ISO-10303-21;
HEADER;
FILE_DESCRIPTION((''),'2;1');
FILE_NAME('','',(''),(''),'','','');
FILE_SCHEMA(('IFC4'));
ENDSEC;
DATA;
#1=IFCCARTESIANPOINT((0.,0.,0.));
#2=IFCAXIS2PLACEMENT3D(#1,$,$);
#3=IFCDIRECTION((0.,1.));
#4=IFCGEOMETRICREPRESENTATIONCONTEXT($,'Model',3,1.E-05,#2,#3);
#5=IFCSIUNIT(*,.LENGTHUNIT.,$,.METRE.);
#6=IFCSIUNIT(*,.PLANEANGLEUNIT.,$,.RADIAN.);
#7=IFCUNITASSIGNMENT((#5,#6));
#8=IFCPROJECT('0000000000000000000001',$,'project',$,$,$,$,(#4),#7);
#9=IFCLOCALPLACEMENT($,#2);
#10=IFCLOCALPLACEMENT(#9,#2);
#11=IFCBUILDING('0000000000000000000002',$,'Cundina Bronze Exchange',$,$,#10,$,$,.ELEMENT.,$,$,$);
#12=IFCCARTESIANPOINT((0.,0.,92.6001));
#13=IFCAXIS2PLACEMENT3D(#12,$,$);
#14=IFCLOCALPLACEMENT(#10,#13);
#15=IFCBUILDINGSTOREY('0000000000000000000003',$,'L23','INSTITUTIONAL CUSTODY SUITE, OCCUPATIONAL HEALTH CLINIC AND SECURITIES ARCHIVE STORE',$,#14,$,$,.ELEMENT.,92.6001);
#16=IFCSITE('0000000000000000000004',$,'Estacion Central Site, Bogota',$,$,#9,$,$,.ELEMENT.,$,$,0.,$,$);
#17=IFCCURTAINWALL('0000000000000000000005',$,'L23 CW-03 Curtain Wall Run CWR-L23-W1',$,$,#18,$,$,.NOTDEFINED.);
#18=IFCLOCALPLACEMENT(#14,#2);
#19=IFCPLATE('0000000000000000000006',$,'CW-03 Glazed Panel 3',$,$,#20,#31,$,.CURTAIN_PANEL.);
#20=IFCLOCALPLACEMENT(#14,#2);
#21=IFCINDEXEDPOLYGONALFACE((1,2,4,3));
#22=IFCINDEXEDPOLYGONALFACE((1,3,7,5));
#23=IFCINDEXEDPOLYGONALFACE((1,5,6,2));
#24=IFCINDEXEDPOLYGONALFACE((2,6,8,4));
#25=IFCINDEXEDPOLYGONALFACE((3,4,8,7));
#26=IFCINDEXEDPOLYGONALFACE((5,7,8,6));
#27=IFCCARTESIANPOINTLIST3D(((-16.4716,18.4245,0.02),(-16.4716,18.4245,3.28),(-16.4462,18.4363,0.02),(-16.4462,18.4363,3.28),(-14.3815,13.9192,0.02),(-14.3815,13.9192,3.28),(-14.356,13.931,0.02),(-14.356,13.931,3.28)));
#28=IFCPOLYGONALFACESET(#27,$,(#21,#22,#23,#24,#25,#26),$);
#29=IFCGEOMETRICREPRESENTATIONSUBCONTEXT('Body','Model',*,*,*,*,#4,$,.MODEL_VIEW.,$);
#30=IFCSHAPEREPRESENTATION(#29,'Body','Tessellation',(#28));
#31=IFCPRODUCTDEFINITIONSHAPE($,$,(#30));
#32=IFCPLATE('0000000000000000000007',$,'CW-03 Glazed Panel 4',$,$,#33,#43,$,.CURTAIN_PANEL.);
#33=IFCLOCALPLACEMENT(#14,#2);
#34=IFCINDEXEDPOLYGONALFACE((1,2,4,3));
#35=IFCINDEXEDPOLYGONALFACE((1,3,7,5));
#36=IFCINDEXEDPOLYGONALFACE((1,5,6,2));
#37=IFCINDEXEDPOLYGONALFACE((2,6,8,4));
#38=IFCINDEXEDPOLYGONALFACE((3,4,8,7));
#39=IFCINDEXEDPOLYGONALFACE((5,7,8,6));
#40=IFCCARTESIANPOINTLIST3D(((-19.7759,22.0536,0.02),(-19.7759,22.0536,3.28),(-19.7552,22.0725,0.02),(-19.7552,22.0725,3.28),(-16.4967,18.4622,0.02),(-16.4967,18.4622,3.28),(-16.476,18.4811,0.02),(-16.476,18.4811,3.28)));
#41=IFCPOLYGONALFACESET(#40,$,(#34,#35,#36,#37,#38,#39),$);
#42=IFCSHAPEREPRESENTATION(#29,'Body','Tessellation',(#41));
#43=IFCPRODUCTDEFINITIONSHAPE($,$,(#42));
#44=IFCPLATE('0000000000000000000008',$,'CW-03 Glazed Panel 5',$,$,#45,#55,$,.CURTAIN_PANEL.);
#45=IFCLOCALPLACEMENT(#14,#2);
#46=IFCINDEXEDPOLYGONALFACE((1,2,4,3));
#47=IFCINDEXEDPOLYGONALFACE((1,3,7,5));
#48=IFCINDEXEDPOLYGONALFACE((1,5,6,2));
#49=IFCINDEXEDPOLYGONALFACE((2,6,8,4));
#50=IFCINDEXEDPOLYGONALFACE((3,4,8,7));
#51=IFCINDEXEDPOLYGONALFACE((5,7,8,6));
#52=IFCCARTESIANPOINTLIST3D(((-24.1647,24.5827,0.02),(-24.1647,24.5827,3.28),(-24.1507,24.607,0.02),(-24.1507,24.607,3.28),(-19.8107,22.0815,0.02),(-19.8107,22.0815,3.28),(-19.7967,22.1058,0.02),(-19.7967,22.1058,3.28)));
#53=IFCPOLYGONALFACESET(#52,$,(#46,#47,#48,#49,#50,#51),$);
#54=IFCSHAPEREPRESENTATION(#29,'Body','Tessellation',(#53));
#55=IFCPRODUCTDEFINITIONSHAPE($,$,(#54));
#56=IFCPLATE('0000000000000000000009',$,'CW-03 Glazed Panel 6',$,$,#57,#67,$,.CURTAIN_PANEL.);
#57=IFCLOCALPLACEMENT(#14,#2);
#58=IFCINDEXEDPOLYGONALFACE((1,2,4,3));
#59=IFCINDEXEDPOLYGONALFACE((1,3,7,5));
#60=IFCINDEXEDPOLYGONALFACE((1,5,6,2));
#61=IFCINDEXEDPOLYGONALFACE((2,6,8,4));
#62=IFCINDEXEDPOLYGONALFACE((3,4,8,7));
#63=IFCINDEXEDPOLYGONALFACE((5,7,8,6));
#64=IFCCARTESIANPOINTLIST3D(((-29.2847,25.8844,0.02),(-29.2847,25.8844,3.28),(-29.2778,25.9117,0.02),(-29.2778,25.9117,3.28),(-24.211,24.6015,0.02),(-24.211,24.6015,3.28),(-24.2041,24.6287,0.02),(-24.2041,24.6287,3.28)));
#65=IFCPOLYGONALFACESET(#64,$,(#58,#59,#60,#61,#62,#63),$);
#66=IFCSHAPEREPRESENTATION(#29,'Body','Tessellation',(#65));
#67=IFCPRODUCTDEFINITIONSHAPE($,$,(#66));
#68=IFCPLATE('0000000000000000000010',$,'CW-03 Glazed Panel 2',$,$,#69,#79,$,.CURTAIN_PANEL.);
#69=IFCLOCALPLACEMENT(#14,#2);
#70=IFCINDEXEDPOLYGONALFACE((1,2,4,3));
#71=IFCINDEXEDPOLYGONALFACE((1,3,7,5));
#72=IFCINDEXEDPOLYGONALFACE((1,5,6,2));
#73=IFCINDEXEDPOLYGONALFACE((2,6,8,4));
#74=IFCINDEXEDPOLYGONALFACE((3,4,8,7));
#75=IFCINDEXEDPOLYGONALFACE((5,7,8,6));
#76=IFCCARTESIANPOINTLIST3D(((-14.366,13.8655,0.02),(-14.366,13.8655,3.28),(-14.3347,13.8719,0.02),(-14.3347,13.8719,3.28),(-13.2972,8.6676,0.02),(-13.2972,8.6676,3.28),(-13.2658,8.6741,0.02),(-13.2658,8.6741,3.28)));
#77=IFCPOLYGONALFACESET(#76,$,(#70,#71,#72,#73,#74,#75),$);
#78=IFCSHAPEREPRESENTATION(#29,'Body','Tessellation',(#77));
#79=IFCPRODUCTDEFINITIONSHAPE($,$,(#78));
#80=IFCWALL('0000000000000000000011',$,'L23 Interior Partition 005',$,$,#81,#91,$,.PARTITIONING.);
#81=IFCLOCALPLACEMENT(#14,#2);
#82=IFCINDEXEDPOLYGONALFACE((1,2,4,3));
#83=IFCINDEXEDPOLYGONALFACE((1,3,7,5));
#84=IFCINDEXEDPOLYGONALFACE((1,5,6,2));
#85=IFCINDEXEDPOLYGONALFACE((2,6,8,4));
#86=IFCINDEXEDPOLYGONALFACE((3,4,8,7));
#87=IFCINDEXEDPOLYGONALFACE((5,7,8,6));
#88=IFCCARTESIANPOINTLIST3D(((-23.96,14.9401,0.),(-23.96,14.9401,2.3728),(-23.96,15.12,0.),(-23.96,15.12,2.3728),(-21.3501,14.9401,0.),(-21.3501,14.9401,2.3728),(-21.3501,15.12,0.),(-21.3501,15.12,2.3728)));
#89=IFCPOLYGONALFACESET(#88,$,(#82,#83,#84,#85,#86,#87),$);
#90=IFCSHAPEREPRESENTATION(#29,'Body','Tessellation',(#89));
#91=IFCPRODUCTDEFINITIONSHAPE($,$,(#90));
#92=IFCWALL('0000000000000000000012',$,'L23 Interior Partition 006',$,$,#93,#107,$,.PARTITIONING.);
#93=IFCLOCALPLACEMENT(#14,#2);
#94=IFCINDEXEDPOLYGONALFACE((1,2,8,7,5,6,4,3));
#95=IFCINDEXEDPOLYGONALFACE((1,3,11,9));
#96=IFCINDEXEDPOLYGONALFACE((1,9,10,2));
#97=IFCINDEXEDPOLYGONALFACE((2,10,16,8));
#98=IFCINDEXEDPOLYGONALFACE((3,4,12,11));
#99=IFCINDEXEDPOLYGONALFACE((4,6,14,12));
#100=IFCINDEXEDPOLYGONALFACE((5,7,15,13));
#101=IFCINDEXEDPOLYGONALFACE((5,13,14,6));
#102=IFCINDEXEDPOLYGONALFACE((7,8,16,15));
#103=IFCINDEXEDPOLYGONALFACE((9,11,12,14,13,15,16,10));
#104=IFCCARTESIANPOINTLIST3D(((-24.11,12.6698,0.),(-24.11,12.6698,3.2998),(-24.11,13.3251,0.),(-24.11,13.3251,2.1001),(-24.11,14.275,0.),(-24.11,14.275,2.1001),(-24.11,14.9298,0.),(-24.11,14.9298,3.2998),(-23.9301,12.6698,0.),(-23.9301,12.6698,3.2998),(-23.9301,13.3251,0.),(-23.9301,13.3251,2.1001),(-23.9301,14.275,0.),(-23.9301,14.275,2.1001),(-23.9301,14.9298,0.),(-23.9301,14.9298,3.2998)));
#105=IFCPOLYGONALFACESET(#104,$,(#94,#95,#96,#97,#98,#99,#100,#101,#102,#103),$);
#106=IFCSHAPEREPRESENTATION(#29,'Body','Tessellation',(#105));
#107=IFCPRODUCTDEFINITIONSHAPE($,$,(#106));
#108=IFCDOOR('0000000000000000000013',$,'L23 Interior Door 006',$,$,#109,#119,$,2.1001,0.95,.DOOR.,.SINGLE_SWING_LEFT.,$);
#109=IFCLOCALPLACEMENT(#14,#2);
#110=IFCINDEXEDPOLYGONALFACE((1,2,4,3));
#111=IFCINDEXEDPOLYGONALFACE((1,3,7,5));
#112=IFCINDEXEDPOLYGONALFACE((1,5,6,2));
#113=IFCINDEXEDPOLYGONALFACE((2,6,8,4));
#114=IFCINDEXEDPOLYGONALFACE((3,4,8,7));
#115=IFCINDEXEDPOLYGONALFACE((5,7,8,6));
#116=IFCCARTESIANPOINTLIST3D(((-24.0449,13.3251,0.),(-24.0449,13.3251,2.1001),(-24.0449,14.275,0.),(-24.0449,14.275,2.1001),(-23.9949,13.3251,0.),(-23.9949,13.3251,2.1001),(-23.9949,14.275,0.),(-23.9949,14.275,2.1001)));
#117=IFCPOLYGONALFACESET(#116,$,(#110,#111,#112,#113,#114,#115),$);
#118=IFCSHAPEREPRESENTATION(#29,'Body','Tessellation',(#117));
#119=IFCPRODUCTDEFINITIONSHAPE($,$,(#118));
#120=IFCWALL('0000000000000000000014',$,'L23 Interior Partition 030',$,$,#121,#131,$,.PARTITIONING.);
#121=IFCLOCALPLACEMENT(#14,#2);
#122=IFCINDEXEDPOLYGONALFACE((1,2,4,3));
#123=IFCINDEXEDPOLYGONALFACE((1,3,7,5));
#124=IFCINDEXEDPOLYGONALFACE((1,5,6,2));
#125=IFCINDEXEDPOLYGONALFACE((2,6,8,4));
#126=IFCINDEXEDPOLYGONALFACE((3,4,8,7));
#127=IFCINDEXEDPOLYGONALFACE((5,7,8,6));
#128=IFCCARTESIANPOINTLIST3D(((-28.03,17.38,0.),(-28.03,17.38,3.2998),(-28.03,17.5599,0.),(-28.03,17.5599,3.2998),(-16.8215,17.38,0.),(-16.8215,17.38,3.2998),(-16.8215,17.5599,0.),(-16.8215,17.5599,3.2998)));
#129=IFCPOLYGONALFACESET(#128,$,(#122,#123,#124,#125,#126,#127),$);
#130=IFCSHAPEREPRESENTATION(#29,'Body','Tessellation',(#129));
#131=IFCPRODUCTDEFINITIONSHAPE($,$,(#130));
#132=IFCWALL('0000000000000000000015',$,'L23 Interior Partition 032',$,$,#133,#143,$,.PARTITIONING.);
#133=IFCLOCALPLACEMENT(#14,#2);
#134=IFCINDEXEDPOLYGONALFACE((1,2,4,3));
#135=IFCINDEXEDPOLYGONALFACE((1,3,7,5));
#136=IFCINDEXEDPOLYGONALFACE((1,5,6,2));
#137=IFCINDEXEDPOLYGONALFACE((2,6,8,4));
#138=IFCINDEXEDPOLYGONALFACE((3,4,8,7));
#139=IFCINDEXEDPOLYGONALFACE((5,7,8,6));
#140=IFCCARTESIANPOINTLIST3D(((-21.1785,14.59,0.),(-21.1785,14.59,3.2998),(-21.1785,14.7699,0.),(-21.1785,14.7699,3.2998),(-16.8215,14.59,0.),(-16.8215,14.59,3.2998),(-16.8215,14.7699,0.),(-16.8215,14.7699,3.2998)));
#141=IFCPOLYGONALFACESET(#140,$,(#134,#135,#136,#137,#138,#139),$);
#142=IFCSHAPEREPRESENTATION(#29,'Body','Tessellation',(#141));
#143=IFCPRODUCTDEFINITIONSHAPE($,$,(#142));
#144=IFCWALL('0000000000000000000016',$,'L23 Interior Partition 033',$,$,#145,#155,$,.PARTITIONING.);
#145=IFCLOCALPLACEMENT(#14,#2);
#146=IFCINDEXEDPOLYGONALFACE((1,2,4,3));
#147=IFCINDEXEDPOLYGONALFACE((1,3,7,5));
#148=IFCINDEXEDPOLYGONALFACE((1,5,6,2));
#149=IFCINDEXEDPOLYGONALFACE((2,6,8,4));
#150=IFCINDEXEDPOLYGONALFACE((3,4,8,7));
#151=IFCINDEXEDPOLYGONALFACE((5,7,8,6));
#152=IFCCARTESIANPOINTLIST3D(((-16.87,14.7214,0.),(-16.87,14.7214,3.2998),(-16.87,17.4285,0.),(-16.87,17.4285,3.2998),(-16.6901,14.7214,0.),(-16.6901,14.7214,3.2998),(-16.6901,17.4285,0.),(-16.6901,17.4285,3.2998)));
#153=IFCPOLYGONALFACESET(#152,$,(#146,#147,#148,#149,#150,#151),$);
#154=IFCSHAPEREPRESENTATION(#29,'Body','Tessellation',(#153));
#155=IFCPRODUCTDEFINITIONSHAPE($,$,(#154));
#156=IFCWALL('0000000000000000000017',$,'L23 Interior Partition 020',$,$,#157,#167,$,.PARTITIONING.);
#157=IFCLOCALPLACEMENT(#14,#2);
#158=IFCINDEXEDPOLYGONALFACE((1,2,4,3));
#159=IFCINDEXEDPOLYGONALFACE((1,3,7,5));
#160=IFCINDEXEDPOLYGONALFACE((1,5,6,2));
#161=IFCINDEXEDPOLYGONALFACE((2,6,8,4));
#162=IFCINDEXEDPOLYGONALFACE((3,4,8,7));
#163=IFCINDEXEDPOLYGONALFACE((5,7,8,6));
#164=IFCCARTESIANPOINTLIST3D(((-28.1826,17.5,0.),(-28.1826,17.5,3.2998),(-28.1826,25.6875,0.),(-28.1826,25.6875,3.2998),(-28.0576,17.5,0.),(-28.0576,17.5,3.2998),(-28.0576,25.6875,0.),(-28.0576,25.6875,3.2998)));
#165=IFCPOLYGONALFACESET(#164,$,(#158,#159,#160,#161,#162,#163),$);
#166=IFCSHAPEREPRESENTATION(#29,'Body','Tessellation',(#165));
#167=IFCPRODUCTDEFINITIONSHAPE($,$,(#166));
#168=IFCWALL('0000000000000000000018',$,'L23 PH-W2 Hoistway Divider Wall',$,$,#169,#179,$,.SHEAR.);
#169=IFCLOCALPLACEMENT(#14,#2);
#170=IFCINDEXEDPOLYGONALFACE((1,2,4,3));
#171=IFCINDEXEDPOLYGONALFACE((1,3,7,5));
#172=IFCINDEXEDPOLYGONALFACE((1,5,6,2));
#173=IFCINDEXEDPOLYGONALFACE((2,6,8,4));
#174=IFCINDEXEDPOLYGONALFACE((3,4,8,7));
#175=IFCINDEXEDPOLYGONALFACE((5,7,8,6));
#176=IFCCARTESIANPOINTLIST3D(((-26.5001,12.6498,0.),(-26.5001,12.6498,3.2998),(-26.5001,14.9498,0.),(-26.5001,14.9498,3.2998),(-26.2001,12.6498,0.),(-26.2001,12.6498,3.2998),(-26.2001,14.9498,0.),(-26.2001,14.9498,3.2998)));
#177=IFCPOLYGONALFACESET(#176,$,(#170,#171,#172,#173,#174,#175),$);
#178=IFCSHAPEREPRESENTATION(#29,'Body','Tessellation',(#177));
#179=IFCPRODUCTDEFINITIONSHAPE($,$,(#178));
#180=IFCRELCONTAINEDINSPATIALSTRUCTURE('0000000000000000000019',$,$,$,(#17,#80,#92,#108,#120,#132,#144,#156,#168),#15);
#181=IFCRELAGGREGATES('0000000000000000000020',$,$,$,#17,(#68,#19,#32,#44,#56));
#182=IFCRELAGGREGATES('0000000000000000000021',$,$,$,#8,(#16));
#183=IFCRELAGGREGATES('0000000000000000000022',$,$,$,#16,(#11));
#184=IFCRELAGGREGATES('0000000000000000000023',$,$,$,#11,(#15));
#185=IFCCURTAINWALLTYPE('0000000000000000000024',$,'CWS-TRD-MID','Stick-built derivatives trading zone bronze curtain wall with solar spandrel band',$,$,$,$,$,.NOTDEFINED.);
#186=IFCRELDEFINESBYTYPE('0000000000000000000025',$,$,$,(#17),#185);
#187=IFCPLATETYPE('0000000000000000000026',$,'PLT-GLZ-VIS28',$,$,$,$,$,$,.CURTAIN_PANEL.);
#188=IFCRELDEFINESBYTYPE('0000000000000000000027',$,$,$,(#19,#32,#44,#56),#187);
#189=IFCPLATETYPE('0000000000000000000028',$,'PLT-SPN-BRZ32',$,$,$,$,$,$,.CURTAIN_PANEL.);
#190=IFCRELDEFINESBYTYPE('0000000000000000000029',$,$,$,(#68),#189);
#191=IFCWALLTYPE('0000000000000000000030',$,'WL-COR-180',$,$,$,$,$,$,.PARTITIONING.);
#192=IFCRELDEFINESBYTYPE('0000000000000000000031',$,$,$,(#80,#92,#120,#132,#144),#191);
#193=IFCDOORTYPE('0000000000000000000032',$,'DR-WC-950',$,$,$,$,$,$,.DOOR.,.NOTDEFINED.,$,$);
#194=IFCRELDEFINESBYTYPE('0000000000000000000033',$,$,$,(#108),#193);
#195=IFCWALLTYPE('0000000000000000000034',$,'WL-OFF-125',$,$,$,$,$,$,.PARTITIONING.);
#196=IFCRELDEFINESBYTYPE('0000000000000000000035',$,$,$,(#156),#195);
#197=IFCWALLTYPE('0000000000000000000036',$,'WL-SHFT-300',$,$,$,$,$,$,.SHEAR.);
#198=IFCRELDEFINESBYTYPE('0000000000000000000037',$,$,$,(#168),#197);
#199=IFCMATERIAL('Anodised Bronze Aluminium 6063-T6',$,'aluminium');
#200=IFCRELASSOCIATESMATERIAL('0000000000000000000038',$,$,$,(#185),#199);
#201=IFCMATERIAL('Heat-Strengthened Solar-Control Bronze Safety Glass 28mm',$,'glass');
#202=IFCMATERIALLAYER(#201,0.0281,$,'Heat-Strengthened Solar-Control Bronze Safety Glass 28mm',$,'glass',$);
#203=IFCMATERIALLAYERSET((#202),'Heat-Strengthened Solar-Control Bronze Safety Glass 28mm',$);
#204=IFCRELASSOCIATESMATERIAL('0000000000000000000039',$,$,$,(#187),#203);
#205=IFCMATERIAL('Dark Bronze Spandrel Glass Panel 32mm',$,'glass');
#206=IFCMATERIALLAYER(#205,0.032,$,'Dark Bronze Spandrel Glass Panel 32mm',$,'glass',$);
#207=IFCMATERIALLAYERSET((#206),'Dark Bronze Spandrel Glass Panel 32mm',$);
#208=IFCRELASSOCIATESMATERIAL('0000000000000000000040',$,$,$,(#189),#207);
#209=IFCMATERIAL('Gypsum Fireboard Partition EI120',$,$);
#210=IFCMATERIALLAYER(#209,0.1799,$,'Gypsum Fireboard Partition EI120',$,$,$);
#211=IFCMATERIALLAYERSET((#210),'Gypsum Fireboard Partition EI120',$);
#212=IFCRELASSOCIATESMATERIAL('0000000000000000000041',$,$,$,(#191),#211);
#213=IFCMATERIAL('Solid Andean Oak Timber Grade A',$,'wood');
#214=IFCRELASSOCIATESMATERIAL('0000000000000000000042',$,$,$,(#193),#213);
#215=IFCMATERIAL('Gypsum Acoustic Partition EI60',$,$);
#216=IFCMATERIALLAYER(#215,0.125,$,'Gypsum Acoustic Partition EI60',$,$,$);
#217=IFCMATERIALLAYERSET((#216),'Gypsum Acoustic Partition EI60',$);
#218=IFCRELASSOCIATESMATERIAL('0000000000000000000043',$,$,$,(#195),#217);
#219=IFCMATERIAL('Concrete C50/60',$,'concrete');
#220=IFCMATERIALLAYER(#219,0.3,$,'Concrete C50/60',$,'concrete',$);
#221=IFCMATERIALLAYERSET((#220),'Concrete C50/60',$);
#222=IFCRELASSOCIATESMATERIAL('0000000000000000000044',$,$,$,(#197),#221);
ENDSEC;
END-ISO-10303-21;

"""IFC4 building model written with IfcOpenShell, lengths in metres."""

from ifc_helpers import new_model, si_unit, direction, frame, frame_2d, origin, origin_2d, place, context, subcontext, project, spatial, rectangle, extrude, material, layer, layer_set, type_object, element, fill, aggregate, save


model = new_model("IFC4")

# Units and contexts
model_context = context("Model", 3, precision=1e-05, world=origin(), true_north=direction((0.0, 1.0)))
body_context = subcontext(model_context, "Body", "Model", "MODEL_VIEW")
ifc_project = project(units=[si_unit("LENGTHUNIT", "METRE"), si_unit("PLANEANGLEUNIT", "RADIAN")], contexts=[model_context])

# Site, building, storey
site_placement = place(None, origin())
site = spatial("IfcSite", under=ifc_project, at=site_placement, Name="Estacion Central Site, Bogota", CompositionType="ELEMENT", RefElevation=0.0)
building_placement = place(site_placement, origin())
building = spatial("IfcBuilding", under=site, at=building_placement, Name="Cundina Bronze Exchange", CompositionType="ELEMENT")
storey_placement = place(building_placement, frame((0.0, 0.0, 92.6001)))
storey = spatial("IfcBuildingStorey", under=building, at=storey_placement, Name="L23", Description="INSTITUTIONAL CUSTODY SUITE, OCCUPATIONAL HEALTH CLINIC AND SECURITIES ARCHIVE STORE", CompositionType="ELEMENT", Elevation=92.6001)

# Curtain wall, plates
ifc_material_1 = material(Name="Anodised Bronze Aluminium 6063-T6", Category="aluminium")
curtain_wall_type = type_object("IfcCurtainWallType", Name="CWS-TRD-MID", Description="Stick-built derivatives trading zone bronze curtain wall with solar spandrel band", PredefinedType="NOTDEFINED", material=ifc_material_1)
curtain_wall_placement = place(storey_placement, origin())
curtain_wall = element("IfcCurtainWall", 1, at=curtain_wall_placement, inside=storey, type_object=curtain_wall_type, Name="L23 CW-03 Curtain Wall Run CWR-L23-W1", PredefinedType="NOTDEFINED")
ifc_material_2 = material(Name="Heat-Strengthened Solar-Control Bronze Safety Glass 28mm", Category="glass")
ifc_layer_1 = layer(ifc_material_2, 0.0281, Name="Heat-Strengthened Solar-Control Bronze Safety Glass 28mm", Category="glass")
ifc_layer_set_1 = layer_set([ifc_layer_1], Name="Heat-Strengthened Solar-Control Bronze Safety Glass 28mm")
plate_type_1 = type_object("IfcPlateType", Name="PLT-GLZ-VIS28", PredefinedType="CURTAIN_PANEL", material=ifc_layer_set_1)
plate_1_placement = place(storey_placement, frame((-15.4138, 16.1777, 0.02), z_axis=(0.0, 0.0, 1.0), x_axis=(-0.420846, 0.907132, 0.0)))
plate_1 = element("IfcPlate", 2, at=plate_1_placement, type_object=plate_type_1, Name="CW-03 Glazed Panel 3", PredefinedType="CURTAIN_PANEL", context=body_context, shape_type="SweptSolid", body=[
    extrude(rectangle(XDim=4.9666, YDim=0.0281, at=origin_2d()), origin(), (0.0, 0.0, 1.0), 3.26),
])
plate_2_placement = place(storey_placement, frame((-18.126, 20.2673, 0.02), z_axis=(0.0, 0.0, 1.0), x_axis=(-0.674277, 0.738479, 0.0)))
plate_2 = element("IfcPlate", 3, at=plate_2_placement, type_object=plate_type_1, Name="CW-03 Glazed Panel 4", PredefinedType="CURTAIN_PANEL", context=body_context, shape_type="SweptSolid", body=[
    extrude(rectangle(XDim=4.8633, YDim=0.0281, at=origin_2d()), origin(), (0.0, 0.0, 1.0), 3.26),
])
plate_3_placement = place(storey_placement, frame((-21.9807, 23.3442, 0.02), z_axis=(0.0, 0.0, 1.0), x_axis=(-0.867105, 0.498125, 0.0)))
plate_3 = element("IfcPlate", 4, at=plate_3_placement, type_object=plate_type_1, Name="CW-03 Glazed Panel 5", PredefinedType="CURTAIN_PANEL", context=body_context, shape_type="SweptSolid", body=[
    extrude(rectangle(XDim=5.0212, YDim=0.0281, at=origin_2d()), origin(), (0.0, 0.0, 1.0), 3.26),
])
plate_4_placement = place(storey_placement, frame((-26.7444, 25.2566, 0.02), z_axis=(0.0, 0.0, 1.0), x_axis=(-0.969488, 0.245138, 0.0)))
plate_4 = element("IfcPlate", 5, at=plate_4_placement, type_object=plate_type_1, Name="CW-03 Glazed Panel 6", PredefinedType="CURTAIN_PANEL", context=body_context, shape_type="SweptSolid", body=[
    extrude(rectangle(XDim=5.2334, YDim=0.0281, at=origin_2d()), origin(), (0.0, 0.0, 1.0), 3.26),
])
ifc_material_3 = material(Name="Dark Bronze Spandrel Glass Panel 32mm", Category="glass")
ifc_layer_2 = layer(ifc_material_3, 0.032, Name="Dark Bronze Spandrel Glass Panel 32mm", Category="glass")
ifc_layer_set_2 = layer_set([ifc_layer_2], Name="Dark Bronze Spandrel Glass Panel 32mm")
plate_type_2 = type_object("IfcPlateType", Name="PLT-SPN-BRZ32", PredefinedType="CURTAIN_PANEL", material=ifc_layer_set_2)
plate_5_placement = place(storey_placement, frame((-13.8159, 11.2698, 0.02), z_axis=(0.0, 0.0, 1.0), x_axis=(-0.20142, 0.979505, 0.0)))
plate_5 = element("IfcPlate", 6, at=plate_5_placement, type_object=plate_type_2, Name="CW-03 Glazed Panel 2", PredefinedType="CURTAIN_PANEL", context=body_context, shape_type="SweptSolid", body=[
    extrude(rectangle(XDim=5.3066, YDim=0.032, at=origin_2d()), origin(), (0.0, 0.0, 1.0), 3.26),
])
aggregate(curtain_wall, [plate_5, plate_1, plate_2, plate_3, plate_4])

# Wall
ifc_material_4 = material(Name="Gypsum Fireboard Partition EI120")
ifc_layer_3 = layer(ifc_material_4, 0.1799, Name="Gypsum Fireboard Partition EI120")
ifc_layer_set_3 = layer_set([ifc_layer_3], Name="Gypsum Fireboard Partition EI120")
wall_type_1 = type_object("IfcWallType", Name="WL-COR-180", PredefinedType="PARTITIONING", material=ifc_layer_set_3)
wall_1_placement = place(storey_placement, frame((-23.96, 15.03, 0.0), z_axis=(0.0, 0.0, 1.0), x_axis=(1.0, 0.0, 0.0)))
element("IfcWall", 7, at=wall_1_placement, inside=storey, type_object=wall_type_1, Name="L23 Interior Partition 005", PredefinedType="PARTITIONING", context=body_context, shape_type="SweptSolid", body=[
    extrude(rectangle(XDim=2.6099, YDim=0.1799, at=frame_2d((1.3049, 0.0))), origin(), (0.0, 0.0, 1.0), 2.3728),
])

# Wall, opening, door
wall_2_placement = place(storey_placement, frame((-24.02, 12.6699, 0.0), z_axis=(0.0, 0.0, 1.0), x_axis=(0.0, 1.0, 0.0)))
wall_2 = element("IfcWall", 8, at=wall_2_placement, inside=storey, type_object=wall_type_1, Name="L23 Interior Partition 006", PredefinedType="PARTITIONING", context=body_context, shape_type="SweptSolid", body=[
    extrude(rectangle(XDim=2.26, YDim=0.1799, at=frame_2d((1.1299, 0.0))), origin(), (0.0, 0.0, 1.0), 3.2998),
])
opening_1_placement = place(wall_2_placement, frame((0.655, 0.0, 0.0)))
opening_1 = element("IfcOpeningElement", 9, at=opening_1_placement, cuts=wall_2, PredefinedType="OPENING", context=body_context, shape_type="SweptSolid", body=[
    extrude(rectangle(XDim=0.95, YDim=2.1001, at=frame_2d((0.4751, 1.05))), frame((0.0, 0.0999, 0.0), z_axis=(0.0, -1.0, 0.0), x_axis=(1.0, 0.0, 0.0)), (0.0, 0.0, 1.0), 0.2),
])
ifc_material_5 = material(Name="Solid Andean Oak Timber Grade A", Category="wood")
door_type_1 = type_object("IfcDoorType", Name="DR-WC-950", OperationType="NOTDEFINED", PredefinedType="DOOR", material=ifc_material_5)
door_1_placement = place(opening_1_placement, origin())
door_1 = element("IfcDoor", 10, at=door_1_placement, inside=storey, type_object=door_type_1, Name="L23 Interior Door 006", OperationType="SINGLE_SWING_LEFT", OverallHeight=2.1001, OverallWidth=0.95, PredefinedType="DOOR", context=body_context, shape_type="SweptSolid", body=[
    extrude(rectangle(XDim=0.95, YDim=2.1001, at=frame_2d((0.4751, 1.05))), frame((0.0, 0.0249, 0.0), z_axis=(0.0, -1.0, 0.0), x_axis=(1.0, 0.0, 0.0)), (0.0, 0.0, 1.0), 0.05),
])
fill(opening_1, door_1)

# Walls
wall_3_placement = place(storey_placement, frame((-16.8215, 17.47, 0.0), z_axis=(0.0, 0.0, 1.0), x_axis=(-1.0, 0.0, 0.0)))
element("IfcWall", 11, at=wall_3_placement, inside=storey, type_object=wall_type_1, Name="L23 Interior Partition 030", PredefinedType="PARTITIONING", context=body_context, shape_type="SweptSolid", body=[
    extrude(rectangle(XDim=11.2085, YDim=0.1799, at=frame_2d((5.6042, 0.0))), origin(), (0.0, 0.0, 1.0), 3.2998),
])
wall_4_placement = place(storey_placement, frame((-21.1785, 14.6799, 0.0), z_axis=(0.0, 0.0, 1.0), x_axis=(1.0, 0.0, 0.0)))
element("IfcWall", 12, at=wall_4_placement, inside=storey, type_object=wall_type_1, Name="L23 Interior Partition 032", PredefinedType="PARTITIONING", context=body_context, shape_type="SweptSolid", body=[
    extrude(rectangle(XDim=4.3569, YDim=0.1799, at=frame_2d((2.1785, 0.0))), origin(), (0.0, 0.0, 1.0), 3.2998),
])
wall_5_placement = place(storey_placement, frame((-16.78, 14.7214, 0.0), z_axis=(0.0, 0.0, 1.0), x_axis=(0.0, 1.0, 0.0)))
element("IfcWall", 13, at=wall_5_placement, inside=storey, type_object=wall_type_1, Name="L23 Interior Partition 033", PredefinedType="PARTITIONING", context=body_context, shape_type="SweptSolid", body=[
    extrude(rectangle(XDim=2.707, YDim=0.1799, at=frame_2d((1.3535, 0.0))), origin(), (0.0, 0.0, 1.0), 3.2998),
])
ifc_material_6 = material(Name="Gypsum Acoustic Partition EI60")
ifc_layer_4 = layer(ifc_material_6, 0.125, Name="Gypsum Acoustic Partition EI60")
ifc_layer_set_4 = layer_set([ifc_layer_4], Name="Gypsum Acoustic Partition EI60")
wall_type_2 = type_object("IfcWallType", Name="WL-OFF-125", PredefinedType="PARTITIONING", material=ifc_layer_set_4)
wall_6_placement = place(storey_placement, frame((-28.1201, 17.5, 0.0), z_axis=(0.0, 0.0, 1.0), x_axis=(0.0, 1.0, 0.0)))
element("IfcWall", 14, at=wall_6_placement, inside=storey, type_object=wall_type_2, Name="L23 Interior Partition 020", PredefinedType="PARTITIONING", context=body_context, shape_type="SweptSolid", body=[
    extrude(rectangle(XDim=8.1875, YDim=0.125, at=frame_2d((4.0938, 0.0))), origin(), (0.0, 0.0, 1.0), 3.2998),
])

# Shared definitions
ifc_material_7 = material(Name="Concrete C50/60", Category="concrete")
ifc_layer_5 = layer(ifc_material_7, 0.3, Name="Concrete C50/60", Category="concrete")
ifc_layer_set_5 = layer_set([ifc_layer_5], Name="Concrete C50/60")
wall_type_3 = type_object("IfcWallType", Name="WL-SHFT-300", PredefinedType="SHEAR", material=ifc_layer_set_5)

# Wall
wall_7_placement = place(storey_placement, frame((-26.3501, 12.6499, 0.0), z_axis=(0.0, 0.0, 1.0), x_axis=(0.0, 1.0, 0.0)))
element("IfcWall", 15, at=wall_7_placement, inside=storey, type_object=wall_type_3, Name="L23 PH-W2 Hoistway Divider Wall", PredefinedType="SHEAR", context=body_context, shape_type="SweptSolid", body=[
    extrude(rectangle(XDim=2.3, YDim=0.3, at=frame_2d((1.1499, 0.0))), origin(), (0.0, 0.0, 1.0), 3.2998),
])

save(model, "model.ifc")
